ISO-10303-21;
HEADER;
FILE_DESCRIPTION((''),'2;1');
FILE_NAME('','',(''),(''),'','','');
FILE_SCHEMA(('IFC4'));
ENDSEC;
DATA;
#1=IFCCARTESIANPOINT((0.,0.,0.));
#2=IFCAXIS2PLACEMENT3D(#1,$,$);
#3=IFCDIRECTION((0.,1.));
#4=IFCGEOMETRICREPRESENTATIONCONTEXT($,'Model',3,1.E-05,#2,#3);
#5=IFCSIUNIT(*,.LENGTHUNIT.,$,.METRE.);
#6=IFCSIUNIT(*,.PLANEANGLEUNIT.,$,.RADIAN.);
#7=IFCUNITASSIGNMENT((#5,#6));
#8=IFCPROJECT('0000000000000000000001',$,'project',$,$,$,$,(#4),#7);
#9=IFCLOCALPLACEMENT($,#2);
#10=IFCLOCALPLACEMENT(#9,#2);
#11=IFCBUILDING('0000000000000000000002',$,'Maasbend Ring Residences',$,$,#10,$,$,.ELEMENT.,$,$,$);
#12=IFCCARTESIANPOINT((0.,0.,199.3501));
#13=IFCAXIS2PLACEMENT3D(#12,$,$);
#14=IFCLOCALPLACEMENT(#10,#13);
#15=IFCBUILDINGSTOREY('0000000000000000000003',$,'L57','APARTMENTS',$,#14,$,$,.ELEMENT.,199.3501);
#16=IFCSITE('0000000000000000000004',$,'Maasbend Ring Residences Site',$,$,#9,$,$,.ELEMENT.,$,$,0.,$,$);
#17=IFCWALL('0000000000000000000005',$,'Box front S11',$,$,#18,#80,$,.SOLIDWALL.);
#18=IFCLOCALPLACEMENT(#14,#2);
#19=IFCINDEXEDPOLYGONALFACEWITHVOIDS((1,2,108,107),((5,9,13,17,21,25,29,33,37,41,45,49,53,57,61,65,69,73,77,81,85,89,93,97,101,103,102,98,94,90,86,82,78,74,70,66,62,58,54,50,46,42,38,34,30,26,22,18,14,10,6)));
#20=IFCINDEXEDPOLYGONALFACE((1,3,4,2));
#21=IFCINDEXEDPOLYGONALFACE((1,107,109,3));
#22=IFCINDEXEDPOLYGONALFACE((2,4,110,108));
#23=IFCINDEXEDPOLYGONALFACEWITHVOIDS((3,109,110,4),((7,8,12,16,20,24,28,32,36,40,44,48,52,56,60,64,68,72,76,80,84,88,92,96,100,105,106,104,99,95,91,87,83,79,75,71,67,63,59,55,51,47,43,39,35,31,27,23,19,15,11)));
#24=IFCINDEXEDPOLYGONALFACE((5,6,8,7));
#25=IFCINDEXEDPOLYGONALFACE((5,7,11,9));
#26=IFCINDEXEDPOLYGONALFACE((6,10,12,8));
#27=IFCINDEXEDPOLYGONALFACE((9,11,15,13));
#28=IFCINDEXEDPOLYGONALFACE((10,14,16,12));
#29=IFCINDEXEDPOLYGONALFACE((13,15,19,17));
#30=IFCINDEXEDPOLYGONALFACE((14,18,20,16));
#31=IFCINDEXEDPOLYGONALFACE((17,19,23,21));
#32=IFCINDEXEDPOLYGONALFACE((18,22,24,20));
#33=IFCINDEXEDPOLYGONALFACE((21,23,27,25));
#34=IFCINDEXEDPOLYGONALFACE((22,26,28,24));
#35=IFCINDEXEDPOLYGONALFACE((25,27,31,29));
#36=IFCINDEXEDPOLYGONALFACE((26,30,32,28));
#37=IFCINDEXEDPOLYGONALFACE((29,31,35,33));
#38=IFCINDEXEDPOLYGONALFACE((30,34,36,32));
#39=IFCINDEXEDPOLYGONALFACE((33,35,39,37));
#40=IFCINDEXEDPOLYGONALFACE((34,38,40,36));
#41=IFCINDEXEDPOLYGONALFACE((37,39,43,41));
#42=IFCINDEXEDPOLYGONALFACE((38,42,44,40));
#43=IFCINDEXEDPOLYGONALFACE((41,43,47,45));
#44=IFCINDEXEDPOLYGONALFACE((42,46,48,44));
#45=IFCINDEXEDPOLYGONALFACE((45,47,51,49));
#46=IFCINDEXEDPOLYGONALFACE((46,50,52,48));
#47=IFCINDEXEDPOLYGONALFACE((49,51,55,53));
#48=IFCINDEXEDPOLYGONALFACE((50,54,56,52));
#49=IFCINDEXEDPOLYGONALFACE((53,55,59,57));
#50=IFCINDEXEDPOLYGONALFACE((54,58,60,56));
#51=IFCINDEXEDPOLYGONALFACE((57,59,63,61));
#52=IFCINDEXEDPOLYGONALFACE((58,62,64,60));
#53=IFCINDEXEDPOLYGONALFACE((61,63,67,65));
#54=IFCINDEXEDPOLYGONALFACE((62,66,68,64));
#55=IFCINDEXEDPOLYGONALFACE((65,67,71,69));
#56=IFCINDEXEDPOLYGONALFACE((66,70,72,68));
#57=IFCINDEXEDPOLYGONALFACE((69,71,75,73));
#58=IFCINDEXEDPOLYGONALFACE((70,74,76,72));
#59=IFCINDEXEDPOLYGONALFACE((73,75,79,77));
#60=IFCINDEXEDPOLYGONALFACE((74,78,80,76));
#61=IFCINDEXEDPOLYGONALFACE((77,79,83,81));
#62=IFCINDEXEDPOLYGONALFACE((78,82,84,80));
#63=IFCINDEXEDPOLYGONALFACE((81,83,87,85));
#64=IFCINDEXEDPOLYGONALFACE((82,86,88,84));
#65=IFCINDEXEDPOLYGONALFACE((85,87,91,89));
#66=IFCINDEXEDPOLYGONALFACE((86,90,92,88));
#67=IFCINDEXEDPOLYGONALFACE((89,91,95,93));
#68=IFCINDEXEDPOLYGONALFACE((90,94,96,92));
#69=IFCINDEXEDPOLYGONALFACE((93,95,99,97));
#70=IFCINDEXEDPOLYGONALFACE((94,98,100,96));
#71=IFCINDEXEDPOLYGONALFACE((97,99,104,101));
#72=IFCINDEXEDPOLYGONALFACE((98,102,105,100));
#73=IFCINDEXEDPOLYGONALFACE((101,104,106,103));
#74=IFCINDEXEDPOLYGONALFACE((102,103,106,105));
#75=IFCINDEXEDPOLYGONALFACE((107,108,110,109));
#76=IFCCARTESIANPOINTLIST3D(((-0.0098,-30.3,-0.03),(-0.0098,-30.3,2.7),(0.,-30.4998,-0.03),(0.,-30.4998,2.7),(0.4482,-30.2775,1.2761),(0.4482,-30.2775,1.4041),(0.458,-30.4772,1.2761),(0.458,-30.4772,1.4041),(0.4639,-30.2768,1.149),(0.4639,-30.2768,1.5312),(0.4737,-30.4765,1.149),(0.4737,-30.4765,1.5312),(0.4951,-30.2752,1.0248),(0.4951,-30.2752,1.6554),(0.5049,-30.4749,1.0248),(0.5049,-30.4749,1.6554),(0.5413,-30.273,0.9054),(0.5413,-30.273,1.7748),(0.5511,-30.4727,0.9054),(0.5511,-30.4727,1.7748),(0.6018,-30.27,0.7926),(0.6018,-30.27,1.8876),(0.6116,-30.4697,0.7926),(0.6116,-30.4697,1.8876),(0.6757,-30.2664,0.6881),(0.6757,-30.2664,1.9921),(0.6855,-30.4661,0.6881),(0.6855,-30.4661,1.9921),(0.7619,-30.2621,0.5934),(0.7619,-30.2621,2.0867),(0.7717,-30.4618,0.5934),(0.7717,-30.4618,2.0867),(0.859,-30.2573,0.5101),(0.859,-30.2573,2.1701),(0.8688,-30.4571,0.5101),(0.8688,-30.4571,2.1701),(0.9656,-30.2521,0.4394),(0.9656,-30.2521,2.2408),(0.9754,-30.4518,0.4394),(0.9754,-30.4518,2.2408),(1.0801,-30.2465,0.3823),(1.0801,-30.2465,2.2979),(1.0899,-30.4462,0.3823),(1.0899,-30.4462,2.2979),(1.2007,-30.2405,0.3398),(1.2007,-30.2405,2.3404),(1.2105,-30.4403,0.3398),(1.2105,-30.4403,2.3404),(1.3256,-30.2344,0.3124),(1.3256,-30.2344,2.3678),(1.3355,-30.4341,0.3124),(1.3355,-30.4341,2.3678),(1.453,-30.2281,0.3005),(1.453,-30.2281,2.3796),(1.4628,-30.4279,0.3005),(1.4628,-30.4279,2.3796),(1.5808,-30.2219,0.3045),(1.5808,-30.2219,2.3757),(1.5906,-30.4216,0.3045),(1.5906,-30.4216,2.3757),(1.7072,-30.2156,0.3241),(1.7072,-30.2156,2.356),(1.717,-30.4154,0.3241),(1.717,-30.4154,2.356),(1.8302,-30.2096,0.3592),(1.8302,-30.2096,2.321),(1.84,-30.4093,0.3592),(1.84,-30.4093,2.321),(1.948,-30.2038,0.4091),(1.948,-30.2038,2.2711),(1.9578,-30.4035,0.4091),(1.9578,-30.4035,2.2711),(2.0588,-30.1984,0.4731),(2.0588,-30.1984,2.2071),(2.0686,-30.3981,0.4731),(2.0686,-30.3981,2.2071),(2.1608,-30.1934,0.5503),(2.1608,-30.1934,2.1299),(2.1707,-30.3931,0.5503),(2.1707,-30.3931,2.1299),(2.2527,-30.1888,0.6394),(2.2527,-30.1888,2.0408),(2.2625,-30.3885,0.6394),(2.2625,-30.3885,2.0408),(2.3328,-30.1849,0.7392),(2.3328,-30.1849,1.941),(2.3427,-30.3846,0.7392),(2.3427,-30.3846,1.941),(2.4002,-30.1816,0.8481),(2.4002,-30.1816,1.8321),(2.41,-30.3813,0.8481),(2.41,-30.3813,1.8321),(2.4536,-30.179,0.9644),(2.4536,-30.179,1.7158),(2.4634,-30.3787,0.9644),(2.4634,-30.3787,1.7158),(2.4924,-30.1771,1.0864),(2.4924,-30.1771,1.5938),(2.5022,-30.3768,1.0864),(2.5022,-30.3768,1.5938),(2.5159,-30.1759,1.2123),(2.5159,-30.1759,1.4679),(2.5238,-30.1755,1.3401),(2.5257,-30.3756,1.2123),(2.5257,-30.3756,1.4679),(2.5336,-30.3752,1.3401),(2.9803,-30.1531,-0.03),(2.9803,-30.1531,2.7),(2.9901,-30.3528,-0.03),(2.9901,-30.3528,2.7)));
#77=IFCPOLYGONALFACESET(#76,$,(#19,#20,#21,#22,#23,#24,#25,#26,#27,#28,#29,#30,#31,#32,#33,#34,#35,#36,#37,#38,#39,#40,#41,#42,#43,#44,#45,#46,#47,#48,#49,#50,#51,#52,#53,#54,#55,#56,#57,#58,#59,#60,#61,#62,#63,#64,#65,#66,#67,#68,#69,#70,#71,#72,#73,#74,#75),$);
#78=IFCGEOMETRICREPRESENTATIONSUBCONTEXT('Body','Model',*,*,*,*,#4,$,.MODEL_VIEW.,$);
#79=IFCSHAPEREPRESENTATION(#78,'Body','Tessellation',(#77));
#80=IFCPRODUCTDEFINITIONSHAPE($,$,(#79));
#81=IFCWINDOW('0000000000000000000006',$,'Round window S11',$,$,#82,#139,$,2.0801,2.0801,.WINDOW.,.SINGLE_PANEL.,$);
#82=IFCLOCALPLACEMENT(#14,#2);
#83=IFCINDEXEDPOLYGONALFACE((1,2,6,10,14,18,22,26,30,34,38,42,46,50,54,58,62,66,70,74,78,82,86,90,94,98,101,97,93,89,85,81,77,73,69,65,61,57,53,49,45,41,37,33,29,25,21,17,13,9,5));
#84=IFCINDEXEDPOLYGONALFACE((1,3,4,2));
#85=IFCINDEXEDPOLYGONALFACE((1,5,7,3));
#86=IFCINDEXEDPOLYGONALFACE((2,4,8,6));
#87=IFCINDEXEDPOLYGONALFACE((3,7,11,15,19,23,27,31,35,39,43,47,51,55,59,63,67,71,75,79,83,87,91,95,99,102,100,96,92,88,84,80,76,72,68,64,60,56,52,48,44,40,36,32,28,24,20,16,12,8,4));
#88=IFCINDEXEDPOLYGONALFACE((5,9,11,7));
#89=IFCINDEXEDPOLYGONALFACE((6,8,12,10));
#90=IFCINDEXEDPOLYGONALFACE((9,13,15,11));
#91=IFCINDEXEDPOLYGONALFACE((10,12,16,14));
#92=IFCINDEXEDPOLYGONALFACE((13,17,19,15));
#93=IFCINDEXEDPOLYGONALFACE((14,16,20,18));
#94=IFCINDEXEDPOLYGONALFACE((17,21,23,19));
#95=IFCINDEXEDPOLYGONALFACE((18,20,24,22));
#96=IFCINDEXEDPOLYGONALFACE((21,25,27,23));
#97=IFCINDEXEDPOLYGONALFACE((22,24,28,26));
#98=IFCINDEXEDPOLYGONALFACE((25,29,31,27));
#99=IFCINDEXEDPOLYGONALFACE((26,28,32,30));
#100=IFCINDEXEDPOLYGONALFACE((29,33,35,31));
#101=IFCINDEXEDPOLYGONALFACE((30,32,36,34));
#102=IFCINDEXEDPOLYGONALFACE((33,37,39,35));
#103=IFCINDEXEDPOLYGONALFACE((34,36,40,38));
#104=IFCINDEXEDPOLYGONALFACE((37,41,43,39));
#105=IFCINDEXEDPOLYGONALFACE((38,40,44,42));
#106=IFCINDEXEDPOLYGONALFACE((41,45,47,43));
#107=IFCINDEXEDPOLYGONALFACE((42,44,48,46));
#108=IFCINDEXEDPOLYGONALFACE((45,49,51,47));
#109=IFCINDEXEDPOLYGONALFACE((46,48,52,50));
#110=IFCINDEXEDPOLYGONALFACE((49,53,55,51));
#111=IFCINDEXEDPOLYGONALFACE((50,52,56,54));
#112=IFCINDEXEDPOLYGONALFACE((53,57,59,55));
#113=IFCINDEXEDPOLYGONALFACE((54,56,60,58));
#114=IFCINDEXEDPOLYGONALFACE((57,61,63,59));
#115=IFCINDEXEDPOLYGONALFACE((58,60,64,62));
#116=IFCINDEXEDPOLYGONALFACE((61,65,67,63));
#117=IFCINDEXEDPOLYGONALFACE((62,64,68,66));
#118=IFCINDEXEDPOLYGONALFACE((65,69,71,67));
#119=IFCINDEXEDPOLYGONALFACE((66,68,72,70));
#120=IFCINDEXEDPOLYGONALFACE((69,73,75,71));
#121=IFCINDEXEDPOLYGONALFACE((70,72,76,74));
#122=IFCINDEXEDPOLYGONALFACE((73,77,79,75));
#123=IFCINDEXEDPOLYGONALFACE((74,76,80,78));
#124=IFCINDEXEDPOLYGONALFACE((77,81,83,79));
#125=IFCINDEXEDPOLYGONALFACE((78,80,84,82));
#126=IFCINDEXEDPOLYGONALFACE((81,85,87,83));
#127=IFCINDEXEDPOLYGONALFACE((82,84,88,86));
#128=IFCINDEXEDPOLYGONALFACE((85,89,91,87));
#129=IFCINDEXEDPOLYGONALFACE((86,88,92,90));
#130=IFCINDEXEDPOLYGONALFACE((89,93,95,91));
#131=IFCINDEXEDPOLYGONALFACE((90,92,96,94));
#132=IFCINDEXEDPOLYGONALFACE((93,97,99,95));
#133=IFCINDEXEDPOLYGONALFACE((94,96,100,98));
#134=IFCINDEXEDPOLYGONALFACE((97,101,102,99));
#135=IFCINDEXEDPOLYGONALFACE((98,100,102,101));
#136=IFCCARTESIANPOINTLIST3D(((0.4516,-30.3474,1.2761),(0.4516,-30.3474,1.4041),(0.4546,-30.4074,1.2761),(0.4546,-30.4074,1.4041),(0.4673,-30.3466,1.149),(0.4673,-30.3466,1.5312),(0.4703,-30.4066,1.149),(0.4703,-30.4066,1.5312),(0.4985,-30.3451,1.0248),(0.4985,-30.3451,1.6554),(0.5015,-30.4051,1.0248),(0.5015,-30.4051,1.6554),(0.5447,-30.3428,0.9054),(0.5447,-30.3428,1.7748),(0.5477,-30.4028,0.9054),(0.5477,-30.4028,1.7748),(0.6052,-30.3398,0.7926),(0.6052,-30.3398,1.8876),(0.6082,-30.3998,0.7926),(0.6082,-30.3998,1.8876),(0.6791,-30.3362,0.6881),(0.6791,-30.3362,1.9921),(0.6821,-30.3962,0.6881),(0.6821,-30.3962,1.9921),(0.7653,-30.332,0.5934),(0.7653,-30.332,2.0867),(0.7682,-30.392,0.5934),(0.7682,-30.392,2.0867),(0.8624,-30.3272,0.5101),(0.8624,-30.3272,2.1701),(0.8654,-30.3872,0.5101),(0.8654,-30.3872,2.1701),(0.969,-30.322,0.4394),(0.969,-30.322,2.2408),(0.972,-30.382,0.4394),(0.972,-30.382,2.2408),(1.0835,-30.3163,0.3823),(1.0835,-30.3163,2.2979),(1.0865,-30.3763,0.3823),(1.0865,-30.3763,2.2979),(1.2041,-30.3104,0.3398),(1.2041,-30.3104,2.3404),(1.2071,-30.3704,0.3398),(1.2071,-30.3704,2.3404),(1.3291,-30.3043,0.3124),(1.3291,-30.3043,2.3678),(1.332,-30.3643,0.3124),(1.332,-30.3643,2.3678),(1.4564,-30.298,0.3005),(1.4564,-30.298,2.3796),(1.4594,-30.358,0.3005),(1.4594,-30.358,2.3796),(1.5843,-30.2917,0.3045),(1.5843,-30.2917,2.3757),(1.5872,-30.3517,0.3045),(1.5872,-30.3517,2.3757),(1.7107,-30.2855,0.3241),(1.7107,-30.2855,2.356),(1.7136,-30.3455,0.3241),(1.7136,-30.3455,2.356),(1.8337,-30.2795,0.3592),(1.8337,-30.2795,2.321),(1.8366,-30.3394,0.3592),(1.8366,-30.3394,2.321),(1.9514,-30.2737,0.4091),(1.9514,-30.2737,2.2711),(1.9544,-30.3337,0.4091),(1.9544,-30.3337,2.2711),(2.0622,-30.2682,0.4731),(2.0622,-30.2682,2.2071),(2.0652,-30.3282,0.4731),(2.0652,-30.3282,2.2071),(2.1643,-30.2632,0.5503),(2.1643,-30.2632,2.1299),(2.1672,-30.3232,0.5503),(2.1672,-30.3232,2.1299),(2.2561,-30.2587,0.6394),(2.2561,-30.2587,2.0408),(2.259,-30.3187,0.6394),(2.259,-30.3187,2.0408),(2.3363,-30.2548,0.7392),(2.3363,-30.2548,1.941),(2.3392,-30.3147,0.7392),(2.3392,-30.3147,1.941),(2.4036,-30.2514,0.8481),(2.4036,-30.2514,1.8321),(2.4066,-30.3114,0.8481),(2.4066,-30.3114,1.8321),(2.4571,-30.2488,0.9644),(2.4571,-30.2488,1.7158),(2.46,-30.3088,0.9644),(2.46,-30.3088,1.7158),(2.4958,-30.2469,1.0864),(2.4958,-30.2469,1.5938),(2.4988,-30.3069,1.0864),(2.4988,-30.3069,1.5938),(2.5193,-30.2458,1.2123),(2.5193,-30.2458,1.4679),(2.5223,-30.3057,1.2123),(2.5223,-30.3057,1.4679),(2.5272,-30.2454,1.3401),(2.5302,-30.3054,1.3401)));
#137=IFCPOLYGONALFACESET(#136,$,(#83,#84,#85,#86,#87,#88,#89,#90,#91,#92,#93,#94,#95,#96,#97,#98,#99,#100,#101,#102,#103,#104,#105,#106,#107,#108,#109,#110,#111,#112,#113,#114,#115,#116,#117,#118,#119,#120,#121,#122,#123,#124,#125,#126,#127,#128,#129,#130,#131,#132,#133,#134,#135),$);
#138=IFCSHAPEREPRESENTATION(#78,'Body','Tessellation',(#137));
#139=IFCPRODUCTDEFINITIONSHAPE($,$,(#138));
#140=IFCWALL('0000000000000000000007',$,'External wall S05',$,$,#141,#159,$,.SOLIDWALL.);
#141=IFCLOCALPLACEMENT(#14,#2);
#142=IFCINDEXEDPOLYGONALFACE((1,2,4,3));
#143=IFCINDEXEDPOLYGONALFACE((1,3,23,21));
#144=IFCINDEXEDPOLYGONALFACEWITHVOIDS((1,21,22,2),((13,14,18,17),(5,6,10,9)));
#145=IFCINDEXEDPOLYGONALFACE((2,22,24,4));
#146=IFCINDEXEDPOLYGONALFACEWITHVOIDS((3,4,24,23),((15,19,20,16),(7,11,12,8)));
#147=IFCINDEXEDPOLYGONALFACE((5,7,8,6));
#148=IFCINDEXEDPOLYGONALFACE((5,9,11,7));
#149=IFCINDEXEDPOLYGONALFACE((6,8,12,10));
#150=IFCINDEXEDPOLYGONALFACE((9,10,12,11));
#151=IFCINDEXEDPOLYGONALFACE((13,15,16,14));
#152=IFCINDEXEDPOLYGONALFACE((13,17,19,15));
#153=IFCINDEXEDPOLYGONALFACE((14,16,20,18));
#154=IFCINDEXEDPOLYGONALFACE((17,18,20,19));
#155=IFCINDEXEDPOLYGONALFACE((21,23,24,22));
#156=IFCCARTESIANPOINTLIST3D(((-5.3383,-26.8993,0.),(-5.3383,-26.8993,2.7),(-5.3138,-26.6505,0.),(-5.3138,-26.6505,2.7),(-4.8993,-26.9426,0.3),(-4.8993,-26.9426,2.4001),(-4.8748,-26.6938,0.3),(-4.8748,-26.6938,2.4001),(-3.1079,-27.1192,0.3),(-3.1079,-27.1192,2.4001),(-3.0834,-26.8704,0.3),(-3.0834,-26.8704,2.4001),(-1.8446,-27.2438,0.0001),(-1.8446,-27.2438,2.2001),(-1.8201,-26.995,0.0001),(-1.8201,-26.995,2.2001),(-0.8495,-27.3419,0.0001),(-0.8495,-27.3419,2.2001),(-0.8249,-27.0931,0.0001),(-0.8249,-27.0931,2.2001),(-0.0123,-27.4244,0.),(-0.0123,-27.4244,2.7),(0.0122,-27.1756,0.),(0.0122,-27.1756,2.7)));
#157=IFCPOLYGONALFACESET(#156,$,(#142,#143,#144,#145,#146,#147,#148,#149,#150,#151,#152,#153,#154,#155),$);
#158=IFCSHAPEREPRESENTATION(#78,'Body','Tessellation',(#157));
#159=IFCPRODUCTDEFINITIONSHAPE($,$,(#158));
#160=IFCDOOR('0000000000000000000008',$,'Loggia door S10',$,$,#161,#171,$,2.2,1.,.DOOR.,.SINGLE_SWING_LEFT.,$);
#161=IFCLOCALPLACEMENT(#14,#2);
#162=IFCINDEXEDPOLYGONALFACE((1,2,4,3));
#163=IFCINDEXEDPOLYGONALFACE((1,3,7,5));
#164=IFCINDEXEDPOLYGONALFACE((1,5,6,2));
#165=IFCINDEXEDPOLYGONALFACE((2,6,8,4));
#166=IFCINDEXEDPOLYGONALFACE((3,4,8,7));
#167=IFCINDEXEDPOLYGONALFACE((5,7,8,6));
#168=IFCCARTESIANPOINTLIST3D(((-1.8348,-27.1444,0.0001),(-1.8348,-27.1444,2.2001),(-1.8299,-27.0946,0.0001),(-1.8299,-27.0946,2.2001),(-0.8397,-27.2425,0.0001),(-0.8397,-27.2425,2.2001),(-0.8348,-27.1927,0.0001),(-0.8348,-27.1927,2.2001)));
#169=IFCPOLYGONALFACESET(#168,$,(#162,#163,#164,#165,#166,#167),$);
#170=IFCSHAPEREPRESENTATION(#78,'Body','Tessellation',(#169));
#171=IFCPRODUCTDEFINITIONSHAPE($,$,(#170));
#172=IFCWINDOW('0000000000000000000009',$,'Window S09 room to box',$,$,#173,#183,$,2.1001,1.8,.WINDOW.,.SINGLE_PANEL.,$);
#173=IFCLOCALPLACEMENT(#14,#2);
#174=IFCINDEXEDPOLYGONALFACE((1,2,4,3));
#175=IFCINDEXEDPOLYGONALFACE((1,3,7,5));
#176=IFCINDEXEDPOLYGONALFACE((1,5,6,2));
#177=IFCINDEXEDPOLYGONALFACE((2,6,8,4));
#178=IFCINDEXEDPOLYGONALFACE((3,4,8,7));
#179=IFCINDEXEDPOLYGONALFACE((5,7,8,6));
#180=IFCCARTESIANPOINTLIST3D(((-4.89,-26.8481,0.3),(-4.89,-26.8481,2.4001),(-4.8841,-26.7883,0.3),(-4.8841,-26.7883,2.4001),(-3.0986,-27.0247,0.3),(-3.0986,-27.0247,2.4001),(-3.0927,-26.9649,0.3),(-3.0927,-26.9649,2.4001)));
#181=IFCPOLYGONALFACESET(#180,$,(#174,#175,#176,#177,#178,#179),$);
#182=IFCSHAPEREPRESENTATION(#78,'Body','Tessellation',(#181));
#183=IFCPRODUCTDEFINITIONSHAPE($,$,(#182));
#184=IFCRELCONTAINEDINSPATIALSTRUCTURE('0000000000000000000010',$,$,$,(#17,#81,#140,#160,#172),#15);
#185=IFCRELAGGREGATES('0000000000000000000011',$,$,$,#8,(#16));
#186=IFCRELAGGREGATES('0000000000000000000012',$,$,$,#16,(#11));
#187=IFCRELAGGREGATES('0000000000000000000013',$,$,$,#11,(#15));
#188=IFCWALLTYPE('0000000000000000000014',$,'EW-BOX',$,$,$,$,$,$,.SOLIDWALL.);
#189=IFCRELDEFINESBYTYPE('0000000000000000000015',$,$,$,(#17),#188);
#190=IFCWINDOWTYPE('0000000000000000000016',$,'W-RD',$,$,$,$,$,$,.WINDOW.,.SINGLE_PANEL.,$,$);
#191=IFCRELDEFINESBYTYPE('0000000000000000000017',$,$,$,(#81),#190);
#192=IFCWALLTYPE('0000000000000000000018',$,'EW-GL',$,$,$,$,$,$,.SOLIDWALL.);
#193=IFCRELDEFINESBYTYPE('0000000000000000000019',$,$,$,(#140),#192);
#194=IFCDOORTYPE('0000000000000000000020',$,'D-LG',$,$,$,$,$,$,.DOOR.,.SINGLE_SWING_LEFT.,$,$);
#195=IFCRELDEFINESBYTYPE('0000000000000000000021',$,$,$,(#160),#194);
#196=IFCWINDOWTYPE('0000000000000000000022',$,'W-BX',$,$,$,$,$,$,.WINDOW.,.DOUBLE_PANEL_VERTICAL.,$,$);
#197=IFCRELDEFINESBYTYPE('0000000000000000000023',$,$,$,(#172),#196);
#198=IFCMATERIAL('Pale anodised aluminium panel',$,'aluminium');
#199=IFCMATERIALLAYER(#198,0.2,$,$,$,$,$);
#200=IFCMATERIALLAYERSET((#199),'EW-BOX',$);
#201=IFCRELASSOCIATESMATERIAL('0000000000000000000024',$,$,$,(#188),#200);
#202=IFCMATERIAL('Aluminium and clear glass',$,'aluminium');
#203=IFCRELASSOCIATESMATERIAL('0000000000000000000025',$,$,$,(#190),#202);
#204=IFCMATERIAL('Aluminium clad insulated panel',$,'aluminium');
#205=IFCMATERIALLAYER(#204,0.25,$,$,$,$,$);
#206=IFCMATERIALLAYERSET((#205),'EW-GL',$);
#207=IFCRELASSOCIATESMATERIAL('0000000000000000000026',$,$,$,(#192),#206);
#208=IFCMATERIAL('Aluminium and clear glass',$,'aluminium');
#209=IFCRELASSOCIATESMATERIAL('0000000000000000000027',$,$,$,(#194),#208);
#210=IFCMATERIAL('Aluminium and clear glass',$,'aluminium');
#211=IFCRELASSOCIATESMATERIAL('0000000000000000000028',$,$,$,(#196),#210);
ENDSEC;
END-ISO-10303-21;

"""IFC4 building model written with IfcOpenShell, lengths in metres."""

from ifc_helpers import new_model, si_unit, direction, frame, frame_2d, origin, place, context, subcontext, project, spatial, rectangle, circle, extrude, material, layer, layer_set, type_object, element, fill, save


model = new_model("IFC4")

# Units and contexts
model_context = context("Model", 3, precision=1e-05, world=origin(), true_north=direction((0.0, 1.0)))
body_context = subcontext(model_context, "Body", "Model", "MODEL_VIEW")
ifc_project = project(units=[si_unit("LENGTHUNIT", "METRE"), si_unit("PLANEANGLEUNIT", "RADIAN")], contexts=[model_context])

# Site, building, storey
site_placement = place(None, origin())
site = spatial("IfcSite", under=ifc_project, at=site_placement, Name="Maasbend Ring Residences Site", CompositionType="ELEMENT", RefElevation=0.0)
building_placement = place(site_placement, origin())
building = spatial("IfcBuilding", under=site, at=building_placement, Name="Maasbend Ring Residences", CompositionType="ELEMENT")
storey_placement = place(building_placement, frame((0.0, 0.0, 199.3501)))
storey = spatial("IfcBuildingStorey", under=building, at=storey_placement, Name="L57", Description="APARTMENTS", CompositionType="ELEMENT", Elevation=199.3501)

# Shared definitions
ifc_material_1 = material(Name="Pale anodised aluminium panel", Category="aluminium")
ifc_layer_1 = layer(ifc_material_1, 0.2)
ifc_layer_set_1 = layer_set([ifc_layer_1], Name="EW-BOX")
wall_type_1 = type_object("IfcWallType", Name="EW-BOX", PredefinedType="SOLIDWALL", material=ifc_layer_set_1)
ifc_material_2 = material(Name="Aluminium and clear glass", Category="aluminium")
window_type_1 = type_object("IfcWindowType", Name="W-RD", PartitioningType="SINGLE_PANEL", PredefinedType="WINDOW", material=ifc_material_2)

# Wall, opening, window
wall_1_placement = place(storey_placement, frame((-0.0049, -30.3999, -0.03), z_axis=(0.0, 0.0, 1.0), x_axis=(0.998794, 0.049096, 0.0)))
wall_1 = element("IfcWall", 1, at=wall_1_placement, inside=storey, type_object=wall_type_1, Name="Box front S11", PredefinedType="SOLIDWALL", context=body_context, shape_type="SweptSolid", body=[
    extrude(rectangle(XDim=2.9937, YDim=0.2, at=frame_2d((1.4968, 0.0))), origin(), (0.0, 0.0, 1.0), 2.73),
])
opening_1_placement = place(wall_1_placement, frame((0.4565, 0.0, 0.3301)))
opening_1 = element("IfcOpeningElement", 2, at=opening_1_placement, cuts=wall_1, PredefinedType="OPENING", context=body_context, shape_type="SweptSolid", body=[
    extrude(circle(Radius=1.04, at=frame_2d((1.04, 1.04))), frame((0.0, 0.1099, 0.0), z_axis=(0.0, -1.0, 0.0), x_axis=(1.0, 0.0, 0.0)), (0.0, 0.0, 1.0), 0.22),
])
window_1_placement = place(opening_1_placement, origin())
window_1 = element("IfcWindow", 3, at=window_1_placement, inside=storey, type_object=window_type_1, Name="Round window S11", OverallHeight=2.0801, OverallWidth=2.0801, PartitioningType="SINGLE_PANEL", PredefinedType="WINDOW", context=body_context, shape_type="SweptSolid", body=[
    extrude(circle(Radius=1.04, at=frame_2d((1.04, 1.04))), frame((0.0, 0.03, 0.0), z_axis=(0.0, -1.0, 0.0), x_axis=(1.0, 0.0, 0.0)), (0.0, 0.0, 1.0), 0.0601),
])
fill(opening_1, window_1)

# Wall, openings, door, window
ifc_material_3 = material(Name="Aluminium clad insulated panel", Category="aluminium")
ifc_layer_2 = layer(ifc_material_3, 0.25)
ifc_layer_set_2 = layer_set([ifc_layer_2], Name="EW-GL")
wall_type_2 = type_object("IfcWallType", Name="EW-GL", PredefinedType="SOLIDWALL", material=ifc_layer_set_2)
wall_2_placement = place(storey_placement, frame((-5.3259, -26.7749, 0.0), z_axis=(0.0, 0.0, 1.0), x_axis=(0.995174, -0.098126, 0.0)))
wall_2 = element("IfcWall", 4, at=wall_2_placement, inside=storey, type_object=wall_type_2, Name="External wall S05", PredefinedType="SOLIDWALL", context=body_context, shape_type="SweptSolid", body=[
    extrude(rectangle(XDim=5.3518, YDim=0.25, at=frame_2d((2.6758, 0.0))), origin(), (0.0, 0.0, 1.0), 2.7),
])
opening_2_placement = place(wall_2_placement, frame((0.4412, 0.0, 0.3)))
opening_2 = element("IfcOpeningElement", 5, at=opening_2_placement, cuts=wall_2, PredefinedType="OPENING", context=body_context, shape_type="SweptSolid", body=[
    extrude(rectangle(XDim=1.8, YDim=2.1001, at=frame_2d((0.8999, 1.05))), frame((0.0, 0.135, 0.0), z_axis=(0.0, -1.0, 0.0), x_axis=(1.0, 0.0, 0.0)), (0.0, 0.0, 1.0), 0.27),
])
opening_3_placement = place(wall_2_placement, frame((3.5105, 0.0, 0.0)))
opening_3 = element("IfcOpeningElement", 6, at=opening_3_placement, cuts=wall_2, PredefinedType="OPENING", context=body_context, shape_type="SweptSolid", body=[
    extrude(rectangle(XDim=1.0, YDim=2.2, at=frame_2d((0.5, 1.1001))), frame((0.0, 0.135, 0.0), z_axis=(0.0, -1.0, 0.0), x_axis=(1.0, 0.0, 0.0)), (0.0, 0.0, 1.0), 0.27),
])
ifc_material_4 = material(Name="Aluminium and clear glass", Category="aluminium")
door_type_1 = type_object("IfcDoorType", Name="D-LG", OperationType="SINGLE_SWING_LEFT", PredefinedType="DOOR", material=ifc_material_4)
door_1_placement = place(opening_3_placement, origin())
door_1 = element("IfcDoor", 7, at=door_1_placement, inside=storey, type_object=door_type_1, Name="Loggia door S10", OperationType="SINGLE_SWING_LEFT", OverallHeight=2.2, OverallWidth=1.0, PredefinedType="DOOR", context=body_context, shape_type="SweptSolid", body=[
    extrude(rectangle(XDim=1.0, YDim=2.2, at=frame_2d((0.5, 1.1001))), frame((0.0, 0.0249, 0.0), z_axis=(0.0, -1.0, 0.0), x_axis=(1.0, 0.0, 0.0)), (0.0, 0.0, 1.0), 0.05),
])
fill(opening_3, door_1)
ifc_material_5 = material(Name="Aluminium and clear glass", Category="aluminium")
window_type_2 = type_object("IfcWindowType", Name="W-BX", PartitioningType="DOUBLE_PANEL_VERTICAL", PredefinedType="WINDOW", material=ifc_material_5)
window_2_placement = place(opening_2_placement, origin())
window_2 = element("IfcWindow", 8, at=window_2_placement, inside=storey, type_object=window_type_2, Name="Window S09 room to box", OverallHeight=2.1001, OverallWidth=1.8, PartitioningType="SINGLE_PANEL", PredefinedType="WINDOW", context=body_context, shape_type="SweptSolid", body=[
    extrude(rectangle(XDim=1.8, YDim=2.1001, at=frame_2d((0.8999, 1.05))), frame((0.0, 0.03, 0.0), z_axis=(0.0, -1.0, 0.0), x_axis=(1.0, 0.0, 0.0)), (0.0, 0.0, 1.0), 0.0601),
])
fill(opening_2, window_2)

save(model, "model.ifc")
